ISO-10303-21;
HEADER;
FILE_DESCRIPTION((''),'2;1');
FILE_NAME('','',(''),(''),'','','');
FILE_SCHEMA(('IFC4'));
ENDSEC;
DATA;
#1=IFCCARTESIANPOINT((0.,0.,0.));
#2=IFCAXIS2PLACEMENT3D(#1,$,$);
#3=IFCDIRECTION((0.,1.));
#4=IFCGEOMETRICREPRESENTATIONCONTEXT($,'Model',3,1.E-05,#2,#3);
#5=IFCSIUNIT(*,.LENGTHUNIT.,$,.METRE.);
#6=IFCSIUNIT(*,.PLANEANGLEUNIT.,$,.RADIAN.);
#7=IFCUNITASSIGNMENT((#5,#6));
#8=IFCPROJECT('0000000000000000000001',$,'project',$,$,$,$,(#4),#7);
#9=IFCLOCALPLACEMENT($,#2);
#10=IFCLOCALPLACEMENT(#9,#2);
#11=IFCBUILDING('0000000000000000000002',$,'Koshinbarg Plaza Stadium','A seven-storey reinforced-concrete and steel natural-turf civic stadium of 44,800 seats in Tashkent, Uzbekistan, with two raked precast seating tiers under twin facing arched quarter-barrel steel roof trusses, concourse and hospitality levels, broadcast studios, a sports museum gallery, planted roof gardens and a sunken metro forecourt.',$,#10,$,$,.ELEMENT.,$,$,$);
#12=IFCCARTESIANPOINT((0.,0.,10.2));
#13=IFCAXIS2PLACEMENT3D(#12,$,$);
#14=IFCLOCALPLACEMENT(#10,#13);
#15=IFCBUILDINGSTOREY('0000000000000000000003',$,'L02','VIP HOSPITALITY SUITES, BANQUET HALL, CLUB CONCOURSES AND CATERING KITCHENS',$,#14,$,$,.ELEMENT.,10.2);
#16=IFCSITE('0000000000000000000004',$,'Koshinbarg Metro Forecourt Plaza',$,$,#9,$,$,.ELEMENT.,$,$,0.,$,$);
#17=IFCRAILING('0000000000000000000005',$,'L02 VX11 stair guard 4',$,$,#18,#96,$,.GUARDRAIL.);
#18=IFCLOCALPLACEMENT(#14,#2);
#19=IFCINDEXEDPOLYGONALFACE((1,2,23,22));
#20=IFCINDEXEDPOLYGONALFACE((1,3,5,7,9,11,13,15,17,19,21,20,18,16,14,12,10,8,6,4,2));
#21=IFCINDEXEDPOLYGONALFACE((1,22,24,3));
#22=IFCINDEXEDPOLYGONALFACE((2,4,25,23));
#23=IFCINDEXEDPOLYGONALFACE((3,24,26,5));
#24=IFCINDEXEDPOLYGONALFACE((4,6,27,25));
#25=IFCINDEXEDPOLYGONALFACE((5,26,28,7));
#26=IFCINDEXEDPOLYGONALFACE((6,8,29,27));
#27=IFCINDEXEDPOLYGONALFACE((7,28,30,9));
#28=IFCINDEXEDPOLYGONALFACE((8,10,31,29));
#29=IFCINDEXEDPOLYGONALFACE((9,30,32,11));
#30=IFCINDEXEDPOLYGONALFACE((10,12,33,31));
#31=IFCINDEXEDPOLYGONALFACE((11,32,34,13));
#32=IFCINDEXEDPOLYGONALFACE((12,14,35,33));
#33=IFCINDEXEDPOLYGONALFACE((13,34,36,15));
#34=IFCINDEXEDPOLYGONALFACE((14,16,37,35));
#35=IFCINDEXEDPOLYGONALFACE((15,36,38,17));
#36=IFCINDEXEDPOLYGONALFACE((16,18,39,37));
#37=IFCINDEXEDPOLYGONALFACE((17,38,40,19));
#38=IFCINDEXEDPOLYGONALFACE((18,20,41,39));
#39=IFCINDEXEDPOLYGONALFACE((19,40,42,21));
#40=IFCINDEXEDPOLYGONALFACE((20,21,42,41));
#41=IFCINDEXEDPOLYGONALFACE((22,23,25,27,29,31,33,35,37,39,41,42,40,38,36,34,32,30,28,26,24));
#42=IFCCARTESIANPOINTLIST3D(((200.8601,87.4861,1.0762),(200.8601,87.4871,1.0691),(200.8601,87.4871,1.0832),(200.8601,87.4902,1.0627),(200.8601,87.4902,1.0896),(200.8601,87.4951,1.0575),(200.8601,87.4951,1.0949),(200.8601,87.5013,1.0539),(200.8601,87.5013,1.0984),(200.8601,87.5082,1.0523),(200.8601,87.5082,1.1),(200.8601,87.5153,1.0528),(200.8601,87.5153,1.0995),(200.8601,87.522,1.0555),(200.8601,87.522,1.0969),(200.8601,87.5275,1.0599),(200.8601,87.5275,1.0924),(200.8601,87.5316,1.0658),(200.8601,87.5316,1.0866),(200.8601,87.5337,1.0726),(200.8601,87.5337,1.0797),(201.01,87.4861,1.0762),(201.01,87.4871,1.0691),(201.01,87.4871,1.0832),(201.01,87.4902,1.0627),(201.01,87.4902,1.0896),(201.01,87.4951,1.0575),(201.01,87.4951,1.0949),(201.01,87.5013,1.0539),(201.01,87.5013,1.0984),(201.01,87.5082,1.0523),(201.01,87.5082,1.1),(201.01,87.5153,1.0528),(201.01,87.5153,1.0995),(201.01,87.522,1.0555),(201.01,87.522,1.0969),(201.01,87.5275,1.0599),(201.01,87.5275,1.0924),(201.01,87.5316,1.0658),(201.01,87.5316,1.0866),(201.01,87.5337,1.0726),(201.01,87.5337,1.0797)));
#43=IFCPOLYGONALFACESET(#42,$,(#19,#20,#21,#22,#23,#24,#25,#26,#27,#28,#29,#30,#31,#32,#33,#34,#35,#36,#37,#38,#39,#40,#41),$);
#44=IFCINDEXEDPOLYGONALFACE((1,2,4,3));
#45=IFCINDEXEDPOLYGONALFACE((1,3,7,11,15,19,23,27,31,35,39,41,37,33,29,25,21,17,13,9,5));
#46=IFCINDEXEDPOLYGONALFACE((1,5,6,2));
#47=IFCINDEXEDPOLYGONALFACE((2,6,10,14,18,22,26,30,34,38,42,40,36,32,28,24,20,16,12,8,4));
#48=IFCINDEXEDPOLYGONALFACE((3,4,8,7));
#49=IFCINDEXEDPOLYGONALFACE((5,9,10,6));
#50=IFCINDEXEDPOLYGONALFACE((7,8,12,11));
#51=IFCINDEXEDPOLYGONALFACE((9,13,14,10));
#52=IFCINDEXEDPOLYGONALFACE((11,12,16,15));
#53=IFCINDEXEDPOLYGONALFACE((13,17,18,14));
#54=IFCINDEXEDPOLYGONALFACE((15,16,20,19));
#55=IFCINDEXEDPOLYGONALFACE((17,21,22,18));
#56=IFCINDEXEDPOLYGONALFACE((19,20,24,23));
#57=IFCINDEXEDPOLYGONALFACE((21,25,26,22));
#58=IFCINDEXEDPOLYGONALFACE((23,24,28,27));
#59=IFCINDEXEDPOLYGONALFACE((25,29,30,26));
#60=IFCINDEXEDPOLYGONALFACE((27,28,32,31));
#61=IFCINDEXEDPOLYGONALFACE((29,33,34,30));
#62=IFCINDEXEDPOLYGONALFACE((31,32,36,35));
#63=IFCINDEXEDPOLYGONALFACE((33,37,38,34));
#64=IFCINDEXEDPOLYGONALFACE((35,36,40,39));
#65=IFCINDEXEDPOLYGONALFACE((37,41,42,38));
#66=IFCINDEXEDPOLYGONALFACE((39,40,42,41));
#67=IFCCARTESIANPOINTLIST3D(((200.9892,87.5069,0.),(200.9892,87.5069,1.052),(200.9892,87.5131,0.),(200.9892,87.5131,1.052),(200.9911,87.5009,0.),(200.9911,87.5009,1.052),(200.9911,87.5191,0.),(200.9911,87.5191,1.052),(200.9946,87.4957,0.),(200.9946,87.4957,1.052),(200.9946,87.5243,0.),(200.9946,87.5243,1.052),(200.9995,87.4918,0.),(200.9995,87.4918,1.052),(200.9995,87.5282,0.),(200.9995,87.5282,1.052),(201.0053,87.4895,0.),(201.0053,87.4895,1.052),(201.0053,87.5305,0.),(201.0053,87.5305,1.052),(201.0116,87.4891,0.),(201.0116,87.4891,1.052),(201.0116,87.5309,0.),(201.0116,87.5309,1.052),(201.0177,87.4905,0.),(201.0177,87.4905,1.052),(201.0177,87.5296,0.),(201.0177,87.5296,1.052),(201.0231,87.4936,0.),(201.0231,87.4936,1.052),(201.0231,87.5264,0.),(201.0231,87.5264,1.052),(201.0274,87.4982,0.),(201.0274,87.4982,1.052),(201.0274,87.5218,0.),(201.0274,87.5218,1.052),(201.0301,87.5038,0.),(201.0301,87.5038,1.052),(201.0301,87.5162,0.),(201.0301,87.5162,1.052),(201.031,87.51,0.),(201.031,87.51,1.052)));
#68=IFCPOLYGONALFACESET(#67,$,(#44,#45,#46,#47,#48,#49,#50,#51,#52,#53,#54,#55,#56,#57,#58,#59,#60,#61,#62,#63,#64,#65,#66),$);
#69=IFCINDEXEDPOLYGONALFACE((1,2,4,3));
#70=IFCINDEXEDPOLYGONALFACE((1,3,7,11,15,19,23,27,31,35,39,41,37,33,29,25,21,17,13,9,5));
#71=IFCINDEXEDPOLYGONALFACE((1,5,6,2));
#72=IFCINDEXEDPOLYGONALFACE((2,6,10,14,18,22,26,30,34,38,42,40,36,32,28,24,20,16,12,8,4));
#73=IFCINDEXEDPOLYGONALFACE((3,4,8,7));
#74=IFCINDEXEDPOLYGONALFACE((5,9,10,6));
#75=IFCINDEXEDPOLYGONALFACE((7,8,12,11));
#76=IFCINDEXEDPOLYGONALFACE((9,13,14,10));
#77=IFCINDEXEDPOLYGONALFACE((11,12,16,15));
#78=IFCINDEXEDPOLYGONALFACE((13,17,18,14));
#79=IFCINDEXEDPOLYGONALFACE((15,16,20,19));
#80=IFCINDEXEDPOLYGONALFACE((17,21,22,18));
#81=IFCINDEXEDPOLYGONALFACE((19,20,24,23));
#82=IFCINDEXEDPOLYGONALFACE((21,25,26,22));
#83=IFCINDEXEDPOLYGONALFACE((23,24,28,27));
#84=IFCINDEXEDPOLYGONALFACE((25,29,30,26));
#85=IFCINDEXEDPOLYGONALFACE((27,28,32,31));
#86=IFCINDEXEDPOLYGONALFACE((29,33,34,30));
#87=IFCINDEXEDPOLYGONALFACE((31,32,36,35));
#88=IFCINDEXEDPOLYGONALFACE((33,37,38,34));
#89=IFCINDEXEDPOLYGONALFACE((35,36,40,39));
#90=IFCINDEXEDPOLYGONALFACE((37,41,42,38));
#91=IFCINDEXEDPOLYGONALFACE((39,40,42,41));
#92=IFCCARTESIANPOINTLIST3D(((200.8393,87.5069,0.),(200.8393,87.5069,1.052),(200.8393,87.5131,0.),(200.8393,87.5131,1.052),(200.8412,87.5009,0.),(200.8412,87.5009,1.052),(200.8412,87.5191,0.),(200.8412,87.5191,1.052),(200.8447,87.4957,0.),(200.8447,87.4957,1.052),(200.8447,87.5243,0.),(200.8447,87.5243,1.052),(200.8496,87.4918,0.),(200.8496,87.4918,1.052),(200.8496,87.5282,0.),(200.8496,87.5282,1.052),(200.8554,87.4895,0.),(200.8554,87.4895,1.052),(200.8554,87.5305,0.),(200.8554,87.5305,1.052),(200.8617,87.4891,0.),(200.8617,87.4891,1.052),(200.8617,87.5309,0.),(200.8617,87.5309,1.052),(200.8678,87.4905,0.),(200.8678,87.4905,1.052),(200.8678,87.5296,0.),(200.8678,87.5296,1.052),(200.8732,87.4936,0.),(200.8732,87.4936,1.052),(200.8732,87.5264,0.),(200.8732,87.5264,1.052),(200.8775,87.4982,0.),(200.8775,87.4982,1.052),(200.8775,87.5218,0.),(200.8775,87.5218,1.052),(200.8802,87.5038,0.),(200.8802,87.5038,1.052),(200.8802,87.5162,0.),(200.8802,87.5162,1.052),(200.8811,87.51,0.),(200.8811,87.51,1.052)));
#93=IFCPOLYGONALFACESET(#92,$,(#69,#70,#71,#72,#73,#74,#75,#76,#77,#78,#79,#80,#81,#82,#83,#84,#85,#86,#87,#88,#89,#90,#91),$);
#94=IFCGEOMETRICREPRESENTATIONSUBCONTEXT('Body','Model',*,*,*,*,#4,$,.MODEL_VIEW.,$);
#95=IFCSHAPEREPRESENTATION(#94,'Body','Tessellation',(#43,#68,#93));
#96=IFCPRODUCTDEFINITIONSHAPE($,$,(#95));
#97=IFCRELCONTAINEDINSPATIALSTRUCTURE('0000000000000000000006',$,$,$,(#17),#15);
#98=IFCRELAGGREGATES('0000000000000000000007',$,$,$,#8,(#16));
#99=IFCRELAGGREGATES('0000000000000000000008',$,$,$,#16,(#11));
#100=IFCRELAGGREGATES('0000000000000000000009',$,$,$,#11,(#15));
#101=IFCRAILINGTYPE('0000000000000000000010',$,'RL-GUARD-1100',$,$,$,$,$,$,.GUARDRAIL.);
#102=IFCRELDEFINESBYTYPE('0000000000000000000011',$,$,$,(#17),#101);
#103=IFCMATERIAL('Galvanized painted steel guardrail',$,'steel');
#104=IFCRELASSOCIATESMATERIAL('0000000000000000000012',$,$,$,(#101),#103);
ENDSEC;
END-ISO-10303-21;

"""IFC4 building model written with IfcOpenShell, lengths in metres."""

from ifc_helpers import new_model, si_unit, direction, frame, origin, origin_2d, place, context, subcontext, project, spatial, circle, extrude, material, type_object, element, save


model = new_model("IFC4")

# Units and contexts
model_context = context("Model", 3, precision=1e-05, world=origin(), true_north=direction((0.0, 1.0)))
body_context = subcontext(model_context, "Body", "Model", "MODEL_VIEW")
ifc_project = project(units=[si_unit("LENGTHUNIT", "METRE"), si_unit("PLANEANGLEUNIT", "RADIAN")], contexts=[model_context])

# Site, building, storey
site_placement = place(None, origin())
site = spatial("IfcSite", under=ifc_project, at=site_placement, Name="Koshinbarg Metro Forecourt Plaza", CompositionType="ELEMENT", RefElevation=0.0)
building_placement = place(site_placement, origin())
building = spatial("IfcBuilding", under=site, at=building_placement, Name="Koshinbarg Plaza Stadium", Description="A seven-storey reinforced-concrete and steel natural-turf civic stadium of 44,800 seats in Tashkent, Uzbekistan, with two raked precast seating tiers under twin facing arched quarter-barrel steel roof trusses, concourse and hospitality levels, broadcast studios, a sports museum gallery, planted roof gardens and a sunken metro forecourt.", CompositionType="ELEMENT")
storey_placement = place(building_placement, frame((0.0, 0.0, 10.2)))
storey = spatial("IfcBuildingStorey", under=building, at=storey_placement, Name="L02", Description="VIP HOSPITALITY SUITES, BANQUET HALL, CLUB CONCOURSES AND CATERING KITCHENS", CompositionType="ELEMENT", Elevation=10.2)

# Railing
ifc_material_1 = material(Name="Galvanized painted steel guardrail", Category="steel")
railing_type_1 = type_object("IfcRailingType", Name="RL-GUARD-1100", PredefinedType="GUARDRAIL", material=ifc_material_1)
railing_1_placement = place(storey_placement, frame((201.01, 87.51, 0.0)))
element("IfcRailing", 1, at=railing_1_placement, inside=storey, type_object=railing_type_1, Name="L02 VX11 stair guard 4", PredefinedType="GUARDRAIL", context=body_context, shape_type="SweptSolid", body=[
    extrude(circle(Radius=0.0239, at=origin_2d()), frame((0.0, 0.0, 1.0762), z_axis=(-1.0, 0.0, 0.0), x_axis=(0.0, -1.0, 0.0)), (0.0, 0.0, 1.0), 0.1499),
    extrude(circle(Radius=0.021, at=origin_2d()), origin(), (0.0, 0.0, 1.0), 1.052),
    extrude(circle(Radius=0.021, at=origin_2d()), frame((-0.1499, 0.0, 0.0)), (0.0, 0.0, 1.0), 1.052),
])

save(model, "model.ifc")
